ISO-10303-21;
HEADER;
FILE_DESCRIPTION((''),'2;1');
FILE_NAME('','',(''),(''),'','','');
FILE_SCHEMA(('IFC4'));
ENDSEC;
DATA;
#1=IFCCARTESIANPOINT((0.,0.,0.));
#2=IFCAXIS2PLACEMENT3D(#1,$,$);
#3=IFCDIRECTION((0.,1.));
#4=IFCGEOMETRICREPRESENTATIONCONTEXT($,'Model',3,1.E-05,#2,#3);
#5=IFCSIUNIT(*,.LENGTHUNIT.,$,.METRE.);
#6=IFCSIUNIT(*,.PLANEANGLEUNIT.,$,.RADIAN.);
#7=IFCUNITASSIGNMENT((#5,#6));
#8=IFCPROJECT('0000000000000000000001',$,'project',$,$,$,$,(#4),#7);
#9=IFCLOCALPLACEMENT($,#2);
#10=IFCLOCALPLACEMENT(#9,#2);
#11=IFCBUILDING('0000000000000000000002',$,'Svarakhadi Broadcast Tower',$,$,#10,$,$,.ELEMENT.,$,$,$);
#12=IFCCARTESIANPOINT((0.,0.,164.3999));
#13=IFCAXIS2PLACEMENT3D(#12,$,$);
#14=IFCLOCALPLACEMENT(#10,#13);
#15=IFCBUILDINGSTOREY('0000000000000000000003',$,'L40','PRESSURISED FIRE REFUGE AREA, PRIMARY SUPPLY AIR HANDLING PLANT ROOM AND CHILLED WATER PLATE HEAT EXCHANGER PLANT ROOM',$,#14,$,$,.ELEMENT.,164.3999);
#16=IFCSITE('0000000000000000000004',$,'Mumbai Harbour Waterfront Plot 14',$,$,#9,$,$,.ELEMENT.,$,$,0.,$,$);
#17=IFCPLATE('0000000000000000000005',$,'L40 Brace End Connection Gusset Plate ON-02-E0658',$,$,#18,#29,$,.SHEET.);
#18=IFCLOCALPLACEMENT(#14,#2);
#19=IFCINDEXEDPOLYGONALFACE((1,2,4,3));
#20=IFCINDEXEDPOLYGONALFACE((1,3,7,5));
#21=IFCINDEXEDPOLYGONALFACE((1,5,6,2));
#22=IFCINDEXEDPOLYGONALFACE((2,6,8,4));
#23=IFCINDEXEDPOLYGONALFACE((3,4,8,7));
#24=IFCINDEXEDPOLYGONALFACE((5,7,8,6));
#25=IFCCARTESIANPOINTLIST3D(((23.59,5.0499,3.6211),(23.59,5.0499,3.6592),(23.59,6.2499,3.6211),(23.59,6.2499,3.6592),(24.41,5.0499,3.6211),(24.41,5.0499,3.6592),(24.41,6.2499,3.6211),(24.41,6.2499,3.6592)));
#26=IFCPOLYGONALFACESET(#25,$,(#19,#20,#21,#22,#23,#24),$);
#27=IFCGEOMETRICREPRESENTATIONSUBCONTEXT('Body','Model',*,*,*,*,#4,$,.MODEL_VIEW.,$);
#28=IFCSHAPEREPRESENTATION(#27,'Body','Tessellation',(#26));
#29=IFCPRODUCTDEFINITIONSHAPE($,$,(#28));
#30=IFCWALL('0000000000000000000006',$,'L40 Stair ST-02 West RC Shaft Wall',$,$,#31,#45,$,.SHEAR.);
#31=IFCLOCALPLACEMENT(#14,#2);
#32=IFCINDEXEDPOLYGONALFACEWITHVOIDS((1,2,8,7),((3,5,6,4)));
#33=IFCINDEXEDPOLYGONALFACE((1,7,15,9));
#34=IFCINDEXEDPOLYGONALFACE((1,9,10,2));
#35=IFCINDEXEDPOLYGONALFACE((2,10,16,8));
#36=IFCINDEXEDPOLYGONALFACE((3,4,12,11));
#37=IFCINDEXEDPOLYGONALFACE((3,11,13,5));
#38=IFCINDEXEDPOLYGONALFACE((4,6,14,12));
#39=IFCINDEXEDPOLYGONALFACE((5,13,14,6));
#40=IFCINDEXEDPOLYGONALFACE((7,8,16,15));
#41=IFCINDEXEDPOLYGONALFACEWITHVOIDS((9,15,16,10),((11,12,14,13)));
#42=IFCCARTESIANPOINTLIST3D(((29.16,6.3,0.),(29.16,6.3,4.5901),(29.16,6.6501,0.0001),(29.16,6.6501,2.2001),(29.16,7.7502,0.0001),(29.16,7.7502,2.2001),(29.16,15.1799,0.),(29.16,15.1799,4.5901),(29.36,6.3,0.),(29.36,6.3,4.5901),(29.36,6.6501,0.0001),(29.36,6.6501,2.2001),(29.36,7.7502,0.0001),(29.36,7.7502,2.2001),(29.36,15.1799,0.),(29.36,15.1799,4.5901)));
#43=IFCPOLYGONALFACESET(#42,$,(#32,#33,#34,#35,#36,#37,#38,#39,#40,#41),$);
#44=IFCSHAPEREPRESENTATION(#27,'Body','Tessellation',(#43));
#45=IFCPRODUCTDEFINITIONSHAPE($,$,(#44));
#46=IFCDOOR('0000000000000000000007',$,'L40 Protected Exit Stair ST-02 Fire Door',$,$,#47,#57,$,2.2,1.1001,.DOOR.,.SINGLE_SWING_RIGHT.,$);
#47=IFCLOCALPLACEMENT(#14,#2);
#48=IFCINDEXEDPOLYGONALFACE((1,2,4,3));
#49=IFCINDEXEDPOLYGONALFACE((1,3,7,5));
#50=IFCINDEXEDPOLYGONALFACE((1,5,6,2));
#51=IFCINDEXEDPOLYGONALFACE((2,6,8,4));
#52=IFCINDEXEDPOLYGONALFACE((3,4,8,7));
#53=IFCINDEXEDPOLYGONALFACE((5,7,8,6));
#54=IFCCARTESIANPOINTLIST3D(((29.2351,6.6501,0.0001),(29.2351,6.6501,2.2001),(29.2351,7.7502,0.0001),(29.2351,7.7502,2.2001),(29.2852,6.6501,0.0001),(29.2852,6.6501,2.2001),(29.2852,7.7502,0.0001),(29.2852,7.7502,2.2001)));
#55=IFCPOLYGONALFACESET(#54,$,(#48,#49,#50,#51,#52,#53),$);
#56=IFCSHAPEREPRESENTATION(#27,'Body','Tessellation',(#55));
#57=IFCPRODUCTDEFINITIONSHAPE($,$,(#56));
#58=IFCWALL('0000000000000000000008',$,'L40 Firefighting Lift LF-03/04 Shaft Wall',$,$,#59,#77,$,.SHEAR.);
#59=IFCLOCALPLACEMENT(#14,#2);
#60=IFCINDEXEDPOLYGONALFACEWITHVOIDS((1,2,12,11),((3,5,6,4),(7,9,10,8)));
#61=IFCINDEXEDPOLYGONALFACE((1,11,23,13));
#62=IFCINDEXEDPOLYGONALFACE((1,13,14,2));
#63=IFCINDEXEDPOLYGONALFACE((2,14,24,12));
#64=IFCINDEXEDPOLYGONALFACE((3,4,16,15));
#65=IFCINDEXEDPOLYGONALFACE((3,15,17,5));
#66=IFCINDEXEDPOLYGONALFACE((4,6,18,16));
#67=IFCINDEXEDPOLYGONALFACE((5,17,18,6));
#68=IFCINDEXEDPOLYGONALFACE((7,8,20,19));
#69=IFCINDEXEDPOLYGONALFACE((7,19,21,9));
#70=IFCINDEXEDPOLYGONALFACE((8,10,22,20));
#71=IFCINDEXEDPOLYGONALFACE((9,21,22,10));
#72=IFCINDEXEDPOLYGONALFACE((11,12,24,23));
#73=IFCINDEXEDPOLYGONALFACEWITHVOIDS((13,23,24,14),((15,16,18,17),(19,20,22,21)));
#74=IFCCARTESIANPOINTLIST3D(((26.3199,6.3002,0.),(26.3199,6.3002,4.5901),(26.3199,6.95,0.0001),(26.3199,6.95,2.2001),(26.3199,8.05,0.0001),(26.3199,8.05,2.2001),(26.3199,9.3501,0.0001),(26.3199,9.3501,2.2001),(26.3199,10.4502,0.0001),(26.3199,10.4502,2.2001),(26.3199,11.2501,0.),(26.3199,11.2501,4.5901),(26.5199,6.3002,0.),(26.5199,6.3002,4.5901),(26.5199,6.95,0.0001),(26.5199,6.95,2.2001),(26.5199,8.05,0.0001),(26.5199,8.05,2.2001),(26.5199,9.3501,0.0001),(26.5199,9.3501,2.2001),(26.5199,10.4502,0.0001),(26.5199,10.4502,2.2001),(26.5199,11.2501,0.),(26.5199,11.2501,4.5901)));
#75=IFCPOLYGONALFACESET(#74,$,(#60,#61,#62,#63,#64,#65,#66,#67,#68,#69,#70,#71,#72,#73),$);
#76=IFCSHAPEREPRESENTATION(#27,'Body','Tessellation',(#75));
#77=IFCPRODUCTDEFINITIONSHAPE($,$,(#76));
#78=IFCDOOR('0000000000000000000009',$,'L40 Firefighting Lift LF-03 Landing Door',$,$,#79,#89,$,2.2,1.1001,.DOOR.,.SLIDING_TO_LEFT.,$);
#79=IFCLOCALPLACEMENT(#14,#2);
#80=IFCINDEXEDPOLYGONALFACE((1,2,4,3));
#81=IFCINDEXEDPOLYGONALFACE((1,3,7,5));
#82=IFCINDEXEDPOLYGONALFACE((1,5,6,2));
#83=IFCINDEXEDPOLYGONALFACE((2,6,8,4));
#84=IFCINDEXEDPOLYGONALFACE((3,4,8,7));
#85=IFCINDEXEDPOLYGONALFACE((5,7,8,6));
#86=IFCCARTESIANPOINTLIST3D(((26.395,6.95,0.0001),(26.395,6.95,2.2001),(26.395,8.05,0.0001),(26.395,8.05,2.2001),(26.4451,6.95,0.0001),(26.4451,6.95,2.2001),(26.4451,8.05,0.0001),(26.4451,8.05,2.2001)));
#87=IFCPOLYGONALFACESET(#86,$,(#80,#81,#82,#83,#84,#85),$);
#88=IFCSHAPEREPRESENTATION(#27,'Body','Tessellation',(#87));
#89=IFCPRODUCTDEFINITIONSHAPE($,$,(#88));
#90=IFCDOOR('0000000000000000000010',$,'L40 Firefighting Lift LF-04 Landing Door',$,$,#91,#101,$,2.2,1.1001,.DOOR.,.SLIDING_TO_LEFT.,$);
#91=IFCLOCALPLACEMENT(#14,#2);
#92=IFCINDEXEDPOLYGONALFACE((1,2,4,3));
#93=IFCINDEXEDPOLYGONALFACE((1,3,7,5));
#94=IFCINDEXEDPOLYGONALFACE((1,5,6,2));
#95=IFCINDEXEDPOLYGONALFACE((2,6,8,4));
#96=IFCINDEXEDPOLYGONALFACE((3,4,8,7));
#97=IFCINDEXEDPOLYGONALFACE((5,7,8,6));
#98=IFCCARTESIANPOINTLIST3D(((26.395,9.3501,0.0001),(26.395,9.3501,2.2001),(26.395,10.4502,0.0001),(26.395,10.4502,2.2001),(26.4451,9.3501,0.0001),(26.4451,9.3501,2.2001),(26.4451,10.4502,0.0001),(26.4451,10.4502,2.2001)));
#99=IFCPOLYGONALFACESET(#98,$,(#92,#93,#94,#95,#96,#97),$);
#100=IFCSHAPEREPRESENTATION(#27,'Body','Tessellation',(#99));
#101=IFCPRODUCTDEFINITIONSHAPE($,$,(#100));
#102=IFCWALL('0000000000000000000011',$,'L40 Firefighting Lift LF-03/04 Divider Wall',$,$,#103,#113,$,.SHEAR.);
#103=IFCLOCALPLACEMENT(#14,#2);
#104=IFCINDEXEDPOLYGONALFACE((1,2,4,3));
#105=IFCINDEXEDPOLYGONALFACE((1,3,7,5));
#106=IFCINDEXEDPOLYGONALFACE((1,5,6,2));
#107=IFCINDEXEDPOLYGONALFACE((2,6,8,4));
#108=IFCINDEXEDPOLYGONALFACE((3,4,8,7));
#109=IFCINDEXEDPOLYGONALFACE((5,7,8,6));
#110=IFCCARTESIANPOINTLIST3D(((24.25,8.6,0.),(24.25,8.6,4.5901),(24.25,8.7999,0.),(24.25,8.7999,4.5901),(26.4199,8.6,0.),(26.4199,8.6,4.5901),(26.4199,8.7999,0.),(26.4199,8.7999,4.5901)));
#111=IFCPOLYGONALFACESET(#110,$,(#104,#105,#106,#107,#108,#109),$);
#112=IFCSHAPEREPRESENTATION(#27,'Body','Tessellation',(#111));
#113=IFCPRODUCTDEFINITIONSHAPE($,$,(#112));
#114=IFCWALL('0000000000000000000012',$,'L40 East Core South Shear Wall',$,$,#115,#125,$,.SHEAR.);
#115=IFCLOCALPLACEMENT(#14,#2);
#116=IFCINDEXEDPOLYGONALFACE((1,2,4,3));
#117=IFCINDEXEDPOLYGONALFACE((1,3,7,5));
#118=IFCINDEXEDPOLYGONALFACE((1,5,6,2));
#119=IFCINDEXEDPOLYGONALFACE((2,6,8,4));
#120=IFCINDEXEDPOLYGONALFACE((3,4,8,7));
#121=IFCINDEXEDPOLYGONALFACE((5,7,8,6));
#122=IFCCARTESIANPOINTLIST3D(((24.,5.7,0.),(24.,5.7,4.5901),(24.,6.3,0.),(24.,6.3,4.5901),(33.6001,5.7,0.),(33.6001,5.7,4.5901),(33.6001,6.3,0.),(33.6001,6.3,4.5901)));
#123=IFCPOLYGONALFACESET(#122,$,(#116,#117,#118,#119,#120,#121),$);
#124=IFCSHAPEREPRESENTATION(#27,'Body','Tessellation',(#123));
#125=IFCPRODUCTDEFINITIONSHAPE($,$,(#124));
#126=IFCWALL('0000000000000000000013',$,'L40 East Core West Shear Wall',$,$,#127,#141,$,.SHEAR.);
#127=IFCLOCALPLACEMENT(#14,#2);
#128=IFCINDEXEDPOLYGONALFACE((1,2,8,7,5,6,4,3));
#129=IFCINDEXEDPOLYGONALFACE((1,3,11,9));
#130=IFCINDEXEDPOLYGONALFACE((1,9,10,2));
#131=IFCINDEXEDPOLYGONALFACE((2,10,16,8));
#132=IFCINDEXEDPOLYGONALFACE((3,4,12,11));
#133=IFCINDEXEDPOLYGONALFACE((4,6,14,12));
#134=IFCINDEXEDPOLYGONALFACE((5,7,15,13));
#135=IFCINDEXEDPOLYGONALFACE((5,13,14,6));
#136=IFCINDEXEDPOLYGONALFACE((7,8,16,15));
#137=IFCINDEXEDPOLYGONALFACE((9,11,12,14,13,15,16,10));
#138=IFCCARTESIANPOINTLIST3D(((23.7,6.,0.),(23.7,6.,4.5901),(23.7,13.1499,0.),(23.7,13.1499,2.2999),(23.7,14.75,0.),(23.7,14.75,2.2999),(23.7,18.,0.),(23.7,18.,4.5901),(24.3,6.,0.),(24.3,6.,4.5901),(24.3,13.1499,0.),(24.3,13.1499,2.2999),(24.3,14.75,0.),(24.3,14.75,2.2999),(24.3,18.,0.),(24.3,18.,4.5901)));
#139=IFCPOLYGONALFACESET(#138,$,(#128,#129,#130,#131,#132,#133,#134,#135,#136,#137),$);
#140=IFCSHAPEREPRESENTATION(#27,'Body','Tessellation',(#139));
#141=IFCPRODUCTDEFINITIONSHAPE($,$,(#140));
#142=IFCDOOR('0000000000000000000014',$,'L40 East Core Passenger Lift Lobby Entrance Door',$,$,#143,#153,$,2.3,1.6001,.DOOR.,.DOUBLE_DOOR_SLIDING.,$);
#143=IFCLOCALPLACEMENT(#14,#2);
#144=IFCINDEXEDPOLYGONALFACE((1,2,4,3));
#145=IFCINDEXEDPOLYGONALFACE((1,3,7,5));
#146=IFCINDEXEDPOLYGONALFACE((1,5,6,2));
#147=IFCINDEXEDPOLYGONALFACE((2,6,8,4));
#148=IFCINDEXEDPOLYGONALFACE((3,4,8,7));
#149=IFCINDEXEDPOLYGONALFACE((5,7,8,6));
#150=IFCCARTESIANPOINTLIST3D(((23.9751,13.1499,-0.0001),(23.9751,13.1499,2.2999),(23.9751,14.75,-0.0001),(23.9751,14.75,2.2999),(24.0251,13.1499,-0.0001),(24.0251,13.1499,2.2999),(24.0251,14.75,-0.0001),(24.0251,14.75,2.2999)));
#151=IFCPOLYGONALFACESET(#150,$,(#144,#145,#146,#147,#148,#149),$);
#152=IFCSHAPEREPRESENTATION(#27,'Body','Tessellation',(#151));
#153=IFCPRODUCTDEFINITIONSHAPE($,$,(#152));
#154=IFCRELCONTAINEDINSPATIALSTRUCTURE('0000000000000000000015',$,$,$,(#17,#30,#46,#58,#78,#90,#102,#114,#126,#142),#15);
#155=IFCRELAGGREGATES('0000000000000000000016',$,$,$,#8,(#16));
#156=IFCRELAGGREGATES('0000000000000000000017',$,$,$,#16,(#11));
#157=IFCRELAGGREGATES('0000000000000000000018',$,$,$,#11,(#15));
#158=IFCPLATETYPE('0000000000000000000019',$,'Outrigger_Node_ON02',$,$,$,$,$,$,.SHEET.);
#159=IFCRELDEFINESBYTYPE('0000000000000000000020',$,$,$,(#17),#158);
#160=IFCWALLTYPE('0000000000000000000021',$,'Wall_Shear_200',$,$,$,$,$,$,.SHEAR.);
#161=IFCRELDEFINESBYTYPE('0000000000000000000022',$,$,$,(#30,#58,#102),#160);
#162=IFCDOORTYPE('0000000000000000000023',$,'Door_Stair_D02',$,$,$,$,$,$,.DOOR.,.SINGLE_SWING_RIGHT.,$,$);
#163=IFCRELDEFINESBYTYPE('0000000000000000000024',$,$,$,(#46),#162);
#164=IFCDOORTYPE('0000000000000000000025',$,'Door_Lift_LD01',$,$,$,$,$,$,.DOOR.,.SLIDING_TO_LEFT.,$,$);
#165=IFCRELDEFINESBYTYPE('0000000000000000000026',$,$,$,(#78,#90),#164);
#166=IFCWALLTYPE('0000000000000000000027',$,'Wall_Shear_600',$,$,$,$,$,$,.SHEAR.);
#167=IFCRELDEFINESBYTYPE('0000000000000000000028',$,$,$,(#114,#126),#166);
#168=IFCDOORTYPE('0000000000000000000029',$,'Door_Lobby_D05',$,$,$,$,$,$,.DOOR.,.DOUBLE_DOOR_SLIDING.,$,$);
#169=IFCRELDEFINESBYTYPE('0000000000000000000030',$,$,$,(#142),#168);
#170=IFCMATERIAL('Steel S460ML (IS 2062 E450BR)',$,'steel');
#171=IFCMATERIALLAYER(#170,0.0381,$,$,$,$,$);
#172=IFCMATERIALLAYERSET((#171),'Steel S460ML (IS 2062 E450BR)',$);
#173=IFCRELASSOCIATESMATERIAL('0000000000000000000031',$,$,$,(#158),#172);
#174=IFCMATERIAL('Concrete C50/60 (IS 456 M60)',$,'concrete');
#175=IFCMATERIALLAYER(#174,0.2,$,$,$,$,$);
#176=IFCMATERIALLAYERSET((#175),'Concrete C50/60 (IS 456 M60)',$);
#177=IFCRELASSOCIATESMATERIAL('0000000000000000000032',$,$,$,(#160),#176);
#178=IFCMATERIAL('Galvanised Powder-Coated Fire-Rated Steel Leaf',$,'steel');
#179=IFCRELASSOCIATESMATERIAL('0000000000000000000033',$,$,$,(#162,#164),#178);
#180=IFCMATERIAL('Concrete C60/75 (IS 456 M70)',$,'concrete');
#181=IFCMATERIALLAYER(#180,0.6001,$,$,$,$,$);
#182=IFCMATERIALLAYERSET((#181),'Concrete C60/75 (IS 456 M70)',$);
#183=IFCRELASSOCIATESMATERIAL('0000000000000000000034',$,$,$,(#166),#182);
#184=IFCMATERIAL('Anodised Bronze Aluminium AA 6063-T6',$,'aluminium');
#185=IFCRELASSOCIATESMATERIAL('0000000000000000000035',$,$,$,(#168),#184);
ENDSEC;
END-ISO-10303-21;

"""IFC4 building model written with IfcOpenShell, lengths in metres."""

from ifc_helpers import new_model, si_unit, direction, frame, frame_2d, origin, origin_2d, place, context, subcontext, project, spatial, rectangle, extrude, material, layer, layer_set, type_object, element, fill, save


model = new_model("IFC4")

# Units and contexts
model_context = context("Model", 3, precision=1e-05, world=origin(), true_north=direction((0.0, 1.0)))
body_context = subcontext(model_context, "Body", "Model", "MODEL_VIEW")
ifc_project = project(units=[si_unit("LENGTHUNIT", "METRE"), si_unit("PLANEANGLEUNIT", "RADIAN")], contexts=[model_context])

# Site, building, storey
site_placement = place(None, origin())
site = spatial("IfcSite", under=ifc_project, at=site_placement, Name="Mumbai Harbour Waterfront Plot 14", CompositionType="ELEMENT", RefElevation=0.0)
building_placement = place(site_placement, origin())
building = spatial("IfcBuilding", under=site, at=building_placement, Name="Svarakhadi Broadcast Tower", CompositionType="ELEMENT")
storey_placement = place(building_placement, frame((0.0, 0.0, 164.3999)))
storey = spatial("IfcBuildingStorey", under=building, at=storey_placement, Name="L40", Description="PRESSURISED FIRE REFUGE AREA, PRIMARY SUPPLY AIR HANDLING PLANT ROOM AND CHILLED WATER PLATE HEAT EXCHANGER PLANT ROOM", CompositionType="ELEMENT", Elevation=164.3999)

# Shared definitions
ifc_material_1 = material(Name="Concrete C50/60 (IS 456 M60)", Category="concrete")

# Shared definitions
ifc_material_2 = material(Name="Steel S460ML (IS 2062 E450BR)", Category="steel")

# Plate
ifc_layer_1 = layer(ifc_material_2, 0.0381)
ifc_layer_set_1 = layer_set([ifc_layer_1], Name="Steel S460ML (IS 2062 E450BR)")
plate_type_1 = type_object("IfcPlateType", Name="Outrigger_Node_ON02", PredefinedType="SHEET", material=ifc_layer_set_1)
for number, where, z_axis, x_axis, name in (
    (1, (24.0, 5.6499, 3.6211), (0.0, 0.0, 1.0), (0.0, 1.0, 0.0), "L40 Brace End Connection Gusset Plate ON-02-E0658"),
):
    element("IfcPlate", number, at=place(storey_placement, frame(where, z_axis=z_axis, x_axis=x_axis)), inside=storey, type_object=plate_type_1, Name=name, PredefinedType="SHEET", context=body_context, shape_type="SweptSolid", body=[
        extrude(rectangle(XDim=1.2, YDim=0.8201, at=origin_2d()), origin(), (0.0, 0.0, 1.0), 0.0381),
    ])

# Wall, opening, door
ifc_layer_2 = layer(ifc_material_1, 0.2)
ifc_layer_set_2 = layer_set([ifc_layer_2], Name="Concrete C50/60 (IS 456 M60)")
wall_type_1 = type_object("IfcWallType", Name="Wall_Shear_200", PredefinedType="SHEAR", material=ifc_layer_set_2)
wall_1_placement = place(storey_placement, frame((29.26, 6.3, 0.0), z_axis=(0.0, 0.0, 1.0), x_axis=(0.0, 1.0, 0.0)))
wall_1 = element("IfcWall", 2, at=wall_1_placement, inside=storey, type_object=wall_type_1, Name="L40 Stair ST-02 West RC Shaft Wall", PredefinedType="SHEAR", context=body_context, shape_type="SweptSolid", body=[
    extrude(rectangle(XDim=8.8799, YDim=0.2, at=frame_2d((4.4399, 0.0))), origin(), (0.0, 0.0, 1.0), 4.5901),
])
opening_1_placement = place(wall_1_placement, frame((0.3501, 0.0, 0.0)))
opening_1 = element("IfcOpeningElement", 3, at=opening_1_placement, cuts=wall_1, PredefinedType="OPENING", context=body_context, shape_type="SweptSolid", body=[
    extrude(rectangle(XDim=1.1001, YDim=2.2, at=frame_2d((0.55, 1.1001))), frame((0.0, 0.1099, 0.0), z_axis=(0.0, -1.0, 0.0), x_axis=(1.0, 0.0, 0.0)), (0.0, 0.0, 1.0), 0.22),
])
ifc_material_3 = material(Name="Galvanised Powder-Coated Fire-Rated Steel Leaf", Category="steel")
door_type_1 = type_object("IfcDoorType", Name="Door_Stair_D02", OperationType="SINGLE_SWING_RIGHT", PredefinedType="DOOR", material=ifc_material_3)
door_1_placement = place(opening_1_placement, origin())
door_1 = element("IfcDoor", 4, at=door_1_placement, inside=storey, type_object=door_type_1, Name="L40 Protected Exit Stair ST-02 Fire Door", OperationType="SINGLE_SWING_RIGHT", OverallHeight=2.2, OverallWidth=1.1001, PredefinedType="DOOR", context=body_context, shape_type="SweptSolid", body=[
    extrude(rectangle(XDim=1.1001, YDim=2.2, at=frame_2d((0.55, 1.1001))), frame((0.0, 0.0249, 0.0), z_axis=(0.0, -1.0, 0.0), x_axis=(1.0, 0.0, 0.0)), (0.0, 0.0, 1.0), 0.05),
])
fill(opening_1, door_1)

# Wall, openings, doors
wall_2_placement = place(storey_placement, frame((26.4199, 6.3, 0.0), z_axis=(0.0, 0.0, 1.0), x_axis=(0.0, 1.0, 0.0)))
wall_2 = element("IfcWall", 5, at=wall_2_placement, inside=storey, type_object=wall_type_1, Name="L40 Firefighting Lift LF-03/04 Shaft Wall", PredefinedType="SHEAR", context=body_context, shape_type="SweptSolid", body=[
    extrude(rectangle(XDim=4.95, YDim=0.2, at=frame_2d((2.4751, 0.0))), origin(), (0.0, 0.0, 1.0), 4.5901),
])
opening_2_placement = place(wall_2_placement, frame((0.6499, 0.0, 0.0)))
opening_2 = element("IfcOpeningElement", 6, at=opening_2_placement, cuts=wall_2, PredefinedType="OPENING", context=body_context, shape_type="SweptSolid", body=[
    extrude(rectangle(XDim=1.1001, YDim=2.2, at=frame_2d((0.55, 1.1001))), frame((0.0, 0.1099, 0.0), z_axis=(0.0, -1.0, 0.0), x_axis=(1.0, 0.0, 0.0)), (0.0, 0.0, 1.0), 0.22),
])
opening_3_placement = place(wall_2_placement, frame((3.05, 0.0, 0.0)))
opening_3 = element("IfcOpeningElement", 7, at=opening_3_placement, cuts=wall_2, PredefinedType="OPENING", context=body_context, shape_type="SweptSolid", body=[
    extrude(rectangle(XDim=1.1001, YDim=2.2, at=frame_2d((0.55, 1.1001))), frame((0.0, 0.1099, 0.0), z_axis=(0.0, -1.0, 0.0), x_axis=(1.0, 0.0, 0.0)), (0.0, 0.0, 1.0), 0.22),
])
door_type_2 = type_object("IfcDoorType", Name="Door_Lift_LD01", OperationType="SLIDING_TO_LEFT", PredefinedType="DOOR", material=ifc_material_3)
door_2_placement = place(opening_2_placement, origin())
door_2 = element("IfcDoor", 8, at=door_2_placement, inside=storey, type_object=door_type_2, Name="L40 Firefighting Lift LF-03 Landing Door", OperationType="SLIDING_TO_LEFT", OverallHeight=2.2, OverallWidth=1.1001, PredefinedType="DOOR", context=body_context, shape_type="SweptSolid", body=[
    extrude(rectangle(XDim=1.1001, YDim=2.2, at=frame_2d((0.55, 1.1001))), frame((0.0, 0.0249, 0.0), z_axis=(0.0, -1.0, 0.0), x_axis=(1.0, 0.0, 0.0)), (0.0, 0.0, 1.0), 0.05),
])
fill(opening_2, door_2)
door_3_placement = place(opening_3_placement, origin())
door_3 = element("IfcDoor", 9, at=door_3_placement, inside=storey, type_object=door_type_2, Name="L40 Firefighting Lift LF-04 Landing Door", OperationType="SLIDING_TO_LEFT", OverallHeight=2.2, OverallWidth=1.1001, PredefinedType="DOOR", context=body_context, shape_type="SweptSolid", body=[
    extrude(rectangle(XDim=1.1001, YDim=2.2, at=frame_2d((0.55, 1.1001))), frame((0.0, 0.0249, 0.0), z_axis=(0.0, -1.0, 0.0), x_axis=(1.0, 0.0, 0.0)), (0.0, 0.0, 1.0), 0.05),
])
fill(opening_3, door_3)

# Walls
wall_3_placement = place(storey_placement, frame((24.25, 8.7, 0.0), z_axis=(0.0, 0.0, 1.0), x_axis=(1.0, 0.0, 0.0)))
element("IfcWall", 10, at=wall_3_placement, inside=storey, type_object=wall_type_1, Name="L40 Firefighting Lift LF-03/04 Divider Wall", PredefinedType="SHEAR", context=body_context, shape_type="SweptSolid", body=[
    extrude(rectangle(XDim=2.1699, YDim=0.2, at=frame_2d((1.085, 0.0))), origin(), (0.0, 0.0, 1.0), 4.5901),
])
ifc_material_4 = material(Name="Concrete C60/75 (IS 456 M70)", Category="concrete")
ifc_layer_3 = layer(ifc_material_4, 0.6001)
ifc_layer_set_3 = layer_set([ifc_layer_3], Name="Concrete C60/75 (IS 456 M70)")
wall_type_2 = type_object("IfcWallType", Name="Wall_Shear_600", PredefinedType="SHEAR", material=ifc_layer_set_3)
wall_4_placement = place(storey_placement, frame((24.0, 6.0, 0.0), z_axis=(0.0, 0.0, 1.0), x_axis=(1.0, 0.0, 0.0)))
element("IfcWall", 11, at=wall_4_placement, inside=storey, type_object=wall_type_2, Name="L40 East Core South Shear Wall", PredefinedType="SHEAR", context=body_context, shape_type="SweptSolid", body=[
    extrude(rectangle(XDim=9.6001, YDim=0.6001, at=frame_2d((4.8, 0.0))), origin(), (0.0, 0.0, 1.0), 4.5901),
])

# Wall, opening, door
wall_5_placement = place(storey_placement, frame((24.0, 6.0, 0.0), z_axis=(0.0, 0.0, 1.0), x_axis=(0.0, 1.0, 0.0)))
wall_5 = element("IfcWall", 12, at=wall_5_placement, inside=storey, type_object=wall_type_2, Name="L40 East Core West Shear Wall", PredefinedType="SHEAR", context=body_context, shape_type="SweptSolid", body=[
    extrude(rectangle(XDim=12.0, YDim=0.6001, at=frame_2d((6.0, 0.0))), origin(), (0.0, 0.0, 1.0), 4.5901),
])
opening_4_placement = place(wall_5_placement, frame((7.1499, 0.0, 0.0)))
opening_4 = element("IfcOpeningElement", 13, at=opening_4_placement, cuts=wall_5, PredefinedType="OPENING", context=body_context, shape_type="SweptSolid", body=[
    extrude(rectangle(XDim=1.6001, YDim=2.3, at=frame_2d((0.8, 1.1499))), frame((0.0, 0.3101, 0.0), z_axis=(0.0, -1.0, 0.0), x_axis=(1.0, 0.0, 0.0)), (0.0, 0.0, 1.0), 0.6201),
])
ifc_material_5 = material(Name="Anodised Bronze Aluminium AA 6063-T6", Category="aluminium")
door_type_3 = type_object("IfcDoorType", Name="Door_Lobby_D05", OperationType="DOUBLE_DOOR_SLIDING", PredefinedType="DOOR", material=ifc_material_5)
door_4_placement = place(opening_4_placement, origin())
door_4 = element("IfcDoor", 14, at=door_4_placement, inside=storey, type_object=door_type_3, Name="L40 East Core Passenger Lift Lobby Entrance Door", OperationType="DOUBLE_DOOR_SLIDING", OverallHeight=2.3, OverallWidth=1.6001, PredefinedType="DOOR", context=body_context, shape_type="SweptSolid", body=[
    extrude(rectangle(XDim=1.6001, YDim=2.3, at=frame_2d((0.8, 1.1499))), frame((0.0, 0.0249, 0.0), z_axis=(0.0, -1.0, 0.0), x_axis=(1.0, 0.0, 0.0)), (0.0, 0.0, 1.0), 0.05),
])
fill(opening_4, door_4)

save(model, "model.ifc")
